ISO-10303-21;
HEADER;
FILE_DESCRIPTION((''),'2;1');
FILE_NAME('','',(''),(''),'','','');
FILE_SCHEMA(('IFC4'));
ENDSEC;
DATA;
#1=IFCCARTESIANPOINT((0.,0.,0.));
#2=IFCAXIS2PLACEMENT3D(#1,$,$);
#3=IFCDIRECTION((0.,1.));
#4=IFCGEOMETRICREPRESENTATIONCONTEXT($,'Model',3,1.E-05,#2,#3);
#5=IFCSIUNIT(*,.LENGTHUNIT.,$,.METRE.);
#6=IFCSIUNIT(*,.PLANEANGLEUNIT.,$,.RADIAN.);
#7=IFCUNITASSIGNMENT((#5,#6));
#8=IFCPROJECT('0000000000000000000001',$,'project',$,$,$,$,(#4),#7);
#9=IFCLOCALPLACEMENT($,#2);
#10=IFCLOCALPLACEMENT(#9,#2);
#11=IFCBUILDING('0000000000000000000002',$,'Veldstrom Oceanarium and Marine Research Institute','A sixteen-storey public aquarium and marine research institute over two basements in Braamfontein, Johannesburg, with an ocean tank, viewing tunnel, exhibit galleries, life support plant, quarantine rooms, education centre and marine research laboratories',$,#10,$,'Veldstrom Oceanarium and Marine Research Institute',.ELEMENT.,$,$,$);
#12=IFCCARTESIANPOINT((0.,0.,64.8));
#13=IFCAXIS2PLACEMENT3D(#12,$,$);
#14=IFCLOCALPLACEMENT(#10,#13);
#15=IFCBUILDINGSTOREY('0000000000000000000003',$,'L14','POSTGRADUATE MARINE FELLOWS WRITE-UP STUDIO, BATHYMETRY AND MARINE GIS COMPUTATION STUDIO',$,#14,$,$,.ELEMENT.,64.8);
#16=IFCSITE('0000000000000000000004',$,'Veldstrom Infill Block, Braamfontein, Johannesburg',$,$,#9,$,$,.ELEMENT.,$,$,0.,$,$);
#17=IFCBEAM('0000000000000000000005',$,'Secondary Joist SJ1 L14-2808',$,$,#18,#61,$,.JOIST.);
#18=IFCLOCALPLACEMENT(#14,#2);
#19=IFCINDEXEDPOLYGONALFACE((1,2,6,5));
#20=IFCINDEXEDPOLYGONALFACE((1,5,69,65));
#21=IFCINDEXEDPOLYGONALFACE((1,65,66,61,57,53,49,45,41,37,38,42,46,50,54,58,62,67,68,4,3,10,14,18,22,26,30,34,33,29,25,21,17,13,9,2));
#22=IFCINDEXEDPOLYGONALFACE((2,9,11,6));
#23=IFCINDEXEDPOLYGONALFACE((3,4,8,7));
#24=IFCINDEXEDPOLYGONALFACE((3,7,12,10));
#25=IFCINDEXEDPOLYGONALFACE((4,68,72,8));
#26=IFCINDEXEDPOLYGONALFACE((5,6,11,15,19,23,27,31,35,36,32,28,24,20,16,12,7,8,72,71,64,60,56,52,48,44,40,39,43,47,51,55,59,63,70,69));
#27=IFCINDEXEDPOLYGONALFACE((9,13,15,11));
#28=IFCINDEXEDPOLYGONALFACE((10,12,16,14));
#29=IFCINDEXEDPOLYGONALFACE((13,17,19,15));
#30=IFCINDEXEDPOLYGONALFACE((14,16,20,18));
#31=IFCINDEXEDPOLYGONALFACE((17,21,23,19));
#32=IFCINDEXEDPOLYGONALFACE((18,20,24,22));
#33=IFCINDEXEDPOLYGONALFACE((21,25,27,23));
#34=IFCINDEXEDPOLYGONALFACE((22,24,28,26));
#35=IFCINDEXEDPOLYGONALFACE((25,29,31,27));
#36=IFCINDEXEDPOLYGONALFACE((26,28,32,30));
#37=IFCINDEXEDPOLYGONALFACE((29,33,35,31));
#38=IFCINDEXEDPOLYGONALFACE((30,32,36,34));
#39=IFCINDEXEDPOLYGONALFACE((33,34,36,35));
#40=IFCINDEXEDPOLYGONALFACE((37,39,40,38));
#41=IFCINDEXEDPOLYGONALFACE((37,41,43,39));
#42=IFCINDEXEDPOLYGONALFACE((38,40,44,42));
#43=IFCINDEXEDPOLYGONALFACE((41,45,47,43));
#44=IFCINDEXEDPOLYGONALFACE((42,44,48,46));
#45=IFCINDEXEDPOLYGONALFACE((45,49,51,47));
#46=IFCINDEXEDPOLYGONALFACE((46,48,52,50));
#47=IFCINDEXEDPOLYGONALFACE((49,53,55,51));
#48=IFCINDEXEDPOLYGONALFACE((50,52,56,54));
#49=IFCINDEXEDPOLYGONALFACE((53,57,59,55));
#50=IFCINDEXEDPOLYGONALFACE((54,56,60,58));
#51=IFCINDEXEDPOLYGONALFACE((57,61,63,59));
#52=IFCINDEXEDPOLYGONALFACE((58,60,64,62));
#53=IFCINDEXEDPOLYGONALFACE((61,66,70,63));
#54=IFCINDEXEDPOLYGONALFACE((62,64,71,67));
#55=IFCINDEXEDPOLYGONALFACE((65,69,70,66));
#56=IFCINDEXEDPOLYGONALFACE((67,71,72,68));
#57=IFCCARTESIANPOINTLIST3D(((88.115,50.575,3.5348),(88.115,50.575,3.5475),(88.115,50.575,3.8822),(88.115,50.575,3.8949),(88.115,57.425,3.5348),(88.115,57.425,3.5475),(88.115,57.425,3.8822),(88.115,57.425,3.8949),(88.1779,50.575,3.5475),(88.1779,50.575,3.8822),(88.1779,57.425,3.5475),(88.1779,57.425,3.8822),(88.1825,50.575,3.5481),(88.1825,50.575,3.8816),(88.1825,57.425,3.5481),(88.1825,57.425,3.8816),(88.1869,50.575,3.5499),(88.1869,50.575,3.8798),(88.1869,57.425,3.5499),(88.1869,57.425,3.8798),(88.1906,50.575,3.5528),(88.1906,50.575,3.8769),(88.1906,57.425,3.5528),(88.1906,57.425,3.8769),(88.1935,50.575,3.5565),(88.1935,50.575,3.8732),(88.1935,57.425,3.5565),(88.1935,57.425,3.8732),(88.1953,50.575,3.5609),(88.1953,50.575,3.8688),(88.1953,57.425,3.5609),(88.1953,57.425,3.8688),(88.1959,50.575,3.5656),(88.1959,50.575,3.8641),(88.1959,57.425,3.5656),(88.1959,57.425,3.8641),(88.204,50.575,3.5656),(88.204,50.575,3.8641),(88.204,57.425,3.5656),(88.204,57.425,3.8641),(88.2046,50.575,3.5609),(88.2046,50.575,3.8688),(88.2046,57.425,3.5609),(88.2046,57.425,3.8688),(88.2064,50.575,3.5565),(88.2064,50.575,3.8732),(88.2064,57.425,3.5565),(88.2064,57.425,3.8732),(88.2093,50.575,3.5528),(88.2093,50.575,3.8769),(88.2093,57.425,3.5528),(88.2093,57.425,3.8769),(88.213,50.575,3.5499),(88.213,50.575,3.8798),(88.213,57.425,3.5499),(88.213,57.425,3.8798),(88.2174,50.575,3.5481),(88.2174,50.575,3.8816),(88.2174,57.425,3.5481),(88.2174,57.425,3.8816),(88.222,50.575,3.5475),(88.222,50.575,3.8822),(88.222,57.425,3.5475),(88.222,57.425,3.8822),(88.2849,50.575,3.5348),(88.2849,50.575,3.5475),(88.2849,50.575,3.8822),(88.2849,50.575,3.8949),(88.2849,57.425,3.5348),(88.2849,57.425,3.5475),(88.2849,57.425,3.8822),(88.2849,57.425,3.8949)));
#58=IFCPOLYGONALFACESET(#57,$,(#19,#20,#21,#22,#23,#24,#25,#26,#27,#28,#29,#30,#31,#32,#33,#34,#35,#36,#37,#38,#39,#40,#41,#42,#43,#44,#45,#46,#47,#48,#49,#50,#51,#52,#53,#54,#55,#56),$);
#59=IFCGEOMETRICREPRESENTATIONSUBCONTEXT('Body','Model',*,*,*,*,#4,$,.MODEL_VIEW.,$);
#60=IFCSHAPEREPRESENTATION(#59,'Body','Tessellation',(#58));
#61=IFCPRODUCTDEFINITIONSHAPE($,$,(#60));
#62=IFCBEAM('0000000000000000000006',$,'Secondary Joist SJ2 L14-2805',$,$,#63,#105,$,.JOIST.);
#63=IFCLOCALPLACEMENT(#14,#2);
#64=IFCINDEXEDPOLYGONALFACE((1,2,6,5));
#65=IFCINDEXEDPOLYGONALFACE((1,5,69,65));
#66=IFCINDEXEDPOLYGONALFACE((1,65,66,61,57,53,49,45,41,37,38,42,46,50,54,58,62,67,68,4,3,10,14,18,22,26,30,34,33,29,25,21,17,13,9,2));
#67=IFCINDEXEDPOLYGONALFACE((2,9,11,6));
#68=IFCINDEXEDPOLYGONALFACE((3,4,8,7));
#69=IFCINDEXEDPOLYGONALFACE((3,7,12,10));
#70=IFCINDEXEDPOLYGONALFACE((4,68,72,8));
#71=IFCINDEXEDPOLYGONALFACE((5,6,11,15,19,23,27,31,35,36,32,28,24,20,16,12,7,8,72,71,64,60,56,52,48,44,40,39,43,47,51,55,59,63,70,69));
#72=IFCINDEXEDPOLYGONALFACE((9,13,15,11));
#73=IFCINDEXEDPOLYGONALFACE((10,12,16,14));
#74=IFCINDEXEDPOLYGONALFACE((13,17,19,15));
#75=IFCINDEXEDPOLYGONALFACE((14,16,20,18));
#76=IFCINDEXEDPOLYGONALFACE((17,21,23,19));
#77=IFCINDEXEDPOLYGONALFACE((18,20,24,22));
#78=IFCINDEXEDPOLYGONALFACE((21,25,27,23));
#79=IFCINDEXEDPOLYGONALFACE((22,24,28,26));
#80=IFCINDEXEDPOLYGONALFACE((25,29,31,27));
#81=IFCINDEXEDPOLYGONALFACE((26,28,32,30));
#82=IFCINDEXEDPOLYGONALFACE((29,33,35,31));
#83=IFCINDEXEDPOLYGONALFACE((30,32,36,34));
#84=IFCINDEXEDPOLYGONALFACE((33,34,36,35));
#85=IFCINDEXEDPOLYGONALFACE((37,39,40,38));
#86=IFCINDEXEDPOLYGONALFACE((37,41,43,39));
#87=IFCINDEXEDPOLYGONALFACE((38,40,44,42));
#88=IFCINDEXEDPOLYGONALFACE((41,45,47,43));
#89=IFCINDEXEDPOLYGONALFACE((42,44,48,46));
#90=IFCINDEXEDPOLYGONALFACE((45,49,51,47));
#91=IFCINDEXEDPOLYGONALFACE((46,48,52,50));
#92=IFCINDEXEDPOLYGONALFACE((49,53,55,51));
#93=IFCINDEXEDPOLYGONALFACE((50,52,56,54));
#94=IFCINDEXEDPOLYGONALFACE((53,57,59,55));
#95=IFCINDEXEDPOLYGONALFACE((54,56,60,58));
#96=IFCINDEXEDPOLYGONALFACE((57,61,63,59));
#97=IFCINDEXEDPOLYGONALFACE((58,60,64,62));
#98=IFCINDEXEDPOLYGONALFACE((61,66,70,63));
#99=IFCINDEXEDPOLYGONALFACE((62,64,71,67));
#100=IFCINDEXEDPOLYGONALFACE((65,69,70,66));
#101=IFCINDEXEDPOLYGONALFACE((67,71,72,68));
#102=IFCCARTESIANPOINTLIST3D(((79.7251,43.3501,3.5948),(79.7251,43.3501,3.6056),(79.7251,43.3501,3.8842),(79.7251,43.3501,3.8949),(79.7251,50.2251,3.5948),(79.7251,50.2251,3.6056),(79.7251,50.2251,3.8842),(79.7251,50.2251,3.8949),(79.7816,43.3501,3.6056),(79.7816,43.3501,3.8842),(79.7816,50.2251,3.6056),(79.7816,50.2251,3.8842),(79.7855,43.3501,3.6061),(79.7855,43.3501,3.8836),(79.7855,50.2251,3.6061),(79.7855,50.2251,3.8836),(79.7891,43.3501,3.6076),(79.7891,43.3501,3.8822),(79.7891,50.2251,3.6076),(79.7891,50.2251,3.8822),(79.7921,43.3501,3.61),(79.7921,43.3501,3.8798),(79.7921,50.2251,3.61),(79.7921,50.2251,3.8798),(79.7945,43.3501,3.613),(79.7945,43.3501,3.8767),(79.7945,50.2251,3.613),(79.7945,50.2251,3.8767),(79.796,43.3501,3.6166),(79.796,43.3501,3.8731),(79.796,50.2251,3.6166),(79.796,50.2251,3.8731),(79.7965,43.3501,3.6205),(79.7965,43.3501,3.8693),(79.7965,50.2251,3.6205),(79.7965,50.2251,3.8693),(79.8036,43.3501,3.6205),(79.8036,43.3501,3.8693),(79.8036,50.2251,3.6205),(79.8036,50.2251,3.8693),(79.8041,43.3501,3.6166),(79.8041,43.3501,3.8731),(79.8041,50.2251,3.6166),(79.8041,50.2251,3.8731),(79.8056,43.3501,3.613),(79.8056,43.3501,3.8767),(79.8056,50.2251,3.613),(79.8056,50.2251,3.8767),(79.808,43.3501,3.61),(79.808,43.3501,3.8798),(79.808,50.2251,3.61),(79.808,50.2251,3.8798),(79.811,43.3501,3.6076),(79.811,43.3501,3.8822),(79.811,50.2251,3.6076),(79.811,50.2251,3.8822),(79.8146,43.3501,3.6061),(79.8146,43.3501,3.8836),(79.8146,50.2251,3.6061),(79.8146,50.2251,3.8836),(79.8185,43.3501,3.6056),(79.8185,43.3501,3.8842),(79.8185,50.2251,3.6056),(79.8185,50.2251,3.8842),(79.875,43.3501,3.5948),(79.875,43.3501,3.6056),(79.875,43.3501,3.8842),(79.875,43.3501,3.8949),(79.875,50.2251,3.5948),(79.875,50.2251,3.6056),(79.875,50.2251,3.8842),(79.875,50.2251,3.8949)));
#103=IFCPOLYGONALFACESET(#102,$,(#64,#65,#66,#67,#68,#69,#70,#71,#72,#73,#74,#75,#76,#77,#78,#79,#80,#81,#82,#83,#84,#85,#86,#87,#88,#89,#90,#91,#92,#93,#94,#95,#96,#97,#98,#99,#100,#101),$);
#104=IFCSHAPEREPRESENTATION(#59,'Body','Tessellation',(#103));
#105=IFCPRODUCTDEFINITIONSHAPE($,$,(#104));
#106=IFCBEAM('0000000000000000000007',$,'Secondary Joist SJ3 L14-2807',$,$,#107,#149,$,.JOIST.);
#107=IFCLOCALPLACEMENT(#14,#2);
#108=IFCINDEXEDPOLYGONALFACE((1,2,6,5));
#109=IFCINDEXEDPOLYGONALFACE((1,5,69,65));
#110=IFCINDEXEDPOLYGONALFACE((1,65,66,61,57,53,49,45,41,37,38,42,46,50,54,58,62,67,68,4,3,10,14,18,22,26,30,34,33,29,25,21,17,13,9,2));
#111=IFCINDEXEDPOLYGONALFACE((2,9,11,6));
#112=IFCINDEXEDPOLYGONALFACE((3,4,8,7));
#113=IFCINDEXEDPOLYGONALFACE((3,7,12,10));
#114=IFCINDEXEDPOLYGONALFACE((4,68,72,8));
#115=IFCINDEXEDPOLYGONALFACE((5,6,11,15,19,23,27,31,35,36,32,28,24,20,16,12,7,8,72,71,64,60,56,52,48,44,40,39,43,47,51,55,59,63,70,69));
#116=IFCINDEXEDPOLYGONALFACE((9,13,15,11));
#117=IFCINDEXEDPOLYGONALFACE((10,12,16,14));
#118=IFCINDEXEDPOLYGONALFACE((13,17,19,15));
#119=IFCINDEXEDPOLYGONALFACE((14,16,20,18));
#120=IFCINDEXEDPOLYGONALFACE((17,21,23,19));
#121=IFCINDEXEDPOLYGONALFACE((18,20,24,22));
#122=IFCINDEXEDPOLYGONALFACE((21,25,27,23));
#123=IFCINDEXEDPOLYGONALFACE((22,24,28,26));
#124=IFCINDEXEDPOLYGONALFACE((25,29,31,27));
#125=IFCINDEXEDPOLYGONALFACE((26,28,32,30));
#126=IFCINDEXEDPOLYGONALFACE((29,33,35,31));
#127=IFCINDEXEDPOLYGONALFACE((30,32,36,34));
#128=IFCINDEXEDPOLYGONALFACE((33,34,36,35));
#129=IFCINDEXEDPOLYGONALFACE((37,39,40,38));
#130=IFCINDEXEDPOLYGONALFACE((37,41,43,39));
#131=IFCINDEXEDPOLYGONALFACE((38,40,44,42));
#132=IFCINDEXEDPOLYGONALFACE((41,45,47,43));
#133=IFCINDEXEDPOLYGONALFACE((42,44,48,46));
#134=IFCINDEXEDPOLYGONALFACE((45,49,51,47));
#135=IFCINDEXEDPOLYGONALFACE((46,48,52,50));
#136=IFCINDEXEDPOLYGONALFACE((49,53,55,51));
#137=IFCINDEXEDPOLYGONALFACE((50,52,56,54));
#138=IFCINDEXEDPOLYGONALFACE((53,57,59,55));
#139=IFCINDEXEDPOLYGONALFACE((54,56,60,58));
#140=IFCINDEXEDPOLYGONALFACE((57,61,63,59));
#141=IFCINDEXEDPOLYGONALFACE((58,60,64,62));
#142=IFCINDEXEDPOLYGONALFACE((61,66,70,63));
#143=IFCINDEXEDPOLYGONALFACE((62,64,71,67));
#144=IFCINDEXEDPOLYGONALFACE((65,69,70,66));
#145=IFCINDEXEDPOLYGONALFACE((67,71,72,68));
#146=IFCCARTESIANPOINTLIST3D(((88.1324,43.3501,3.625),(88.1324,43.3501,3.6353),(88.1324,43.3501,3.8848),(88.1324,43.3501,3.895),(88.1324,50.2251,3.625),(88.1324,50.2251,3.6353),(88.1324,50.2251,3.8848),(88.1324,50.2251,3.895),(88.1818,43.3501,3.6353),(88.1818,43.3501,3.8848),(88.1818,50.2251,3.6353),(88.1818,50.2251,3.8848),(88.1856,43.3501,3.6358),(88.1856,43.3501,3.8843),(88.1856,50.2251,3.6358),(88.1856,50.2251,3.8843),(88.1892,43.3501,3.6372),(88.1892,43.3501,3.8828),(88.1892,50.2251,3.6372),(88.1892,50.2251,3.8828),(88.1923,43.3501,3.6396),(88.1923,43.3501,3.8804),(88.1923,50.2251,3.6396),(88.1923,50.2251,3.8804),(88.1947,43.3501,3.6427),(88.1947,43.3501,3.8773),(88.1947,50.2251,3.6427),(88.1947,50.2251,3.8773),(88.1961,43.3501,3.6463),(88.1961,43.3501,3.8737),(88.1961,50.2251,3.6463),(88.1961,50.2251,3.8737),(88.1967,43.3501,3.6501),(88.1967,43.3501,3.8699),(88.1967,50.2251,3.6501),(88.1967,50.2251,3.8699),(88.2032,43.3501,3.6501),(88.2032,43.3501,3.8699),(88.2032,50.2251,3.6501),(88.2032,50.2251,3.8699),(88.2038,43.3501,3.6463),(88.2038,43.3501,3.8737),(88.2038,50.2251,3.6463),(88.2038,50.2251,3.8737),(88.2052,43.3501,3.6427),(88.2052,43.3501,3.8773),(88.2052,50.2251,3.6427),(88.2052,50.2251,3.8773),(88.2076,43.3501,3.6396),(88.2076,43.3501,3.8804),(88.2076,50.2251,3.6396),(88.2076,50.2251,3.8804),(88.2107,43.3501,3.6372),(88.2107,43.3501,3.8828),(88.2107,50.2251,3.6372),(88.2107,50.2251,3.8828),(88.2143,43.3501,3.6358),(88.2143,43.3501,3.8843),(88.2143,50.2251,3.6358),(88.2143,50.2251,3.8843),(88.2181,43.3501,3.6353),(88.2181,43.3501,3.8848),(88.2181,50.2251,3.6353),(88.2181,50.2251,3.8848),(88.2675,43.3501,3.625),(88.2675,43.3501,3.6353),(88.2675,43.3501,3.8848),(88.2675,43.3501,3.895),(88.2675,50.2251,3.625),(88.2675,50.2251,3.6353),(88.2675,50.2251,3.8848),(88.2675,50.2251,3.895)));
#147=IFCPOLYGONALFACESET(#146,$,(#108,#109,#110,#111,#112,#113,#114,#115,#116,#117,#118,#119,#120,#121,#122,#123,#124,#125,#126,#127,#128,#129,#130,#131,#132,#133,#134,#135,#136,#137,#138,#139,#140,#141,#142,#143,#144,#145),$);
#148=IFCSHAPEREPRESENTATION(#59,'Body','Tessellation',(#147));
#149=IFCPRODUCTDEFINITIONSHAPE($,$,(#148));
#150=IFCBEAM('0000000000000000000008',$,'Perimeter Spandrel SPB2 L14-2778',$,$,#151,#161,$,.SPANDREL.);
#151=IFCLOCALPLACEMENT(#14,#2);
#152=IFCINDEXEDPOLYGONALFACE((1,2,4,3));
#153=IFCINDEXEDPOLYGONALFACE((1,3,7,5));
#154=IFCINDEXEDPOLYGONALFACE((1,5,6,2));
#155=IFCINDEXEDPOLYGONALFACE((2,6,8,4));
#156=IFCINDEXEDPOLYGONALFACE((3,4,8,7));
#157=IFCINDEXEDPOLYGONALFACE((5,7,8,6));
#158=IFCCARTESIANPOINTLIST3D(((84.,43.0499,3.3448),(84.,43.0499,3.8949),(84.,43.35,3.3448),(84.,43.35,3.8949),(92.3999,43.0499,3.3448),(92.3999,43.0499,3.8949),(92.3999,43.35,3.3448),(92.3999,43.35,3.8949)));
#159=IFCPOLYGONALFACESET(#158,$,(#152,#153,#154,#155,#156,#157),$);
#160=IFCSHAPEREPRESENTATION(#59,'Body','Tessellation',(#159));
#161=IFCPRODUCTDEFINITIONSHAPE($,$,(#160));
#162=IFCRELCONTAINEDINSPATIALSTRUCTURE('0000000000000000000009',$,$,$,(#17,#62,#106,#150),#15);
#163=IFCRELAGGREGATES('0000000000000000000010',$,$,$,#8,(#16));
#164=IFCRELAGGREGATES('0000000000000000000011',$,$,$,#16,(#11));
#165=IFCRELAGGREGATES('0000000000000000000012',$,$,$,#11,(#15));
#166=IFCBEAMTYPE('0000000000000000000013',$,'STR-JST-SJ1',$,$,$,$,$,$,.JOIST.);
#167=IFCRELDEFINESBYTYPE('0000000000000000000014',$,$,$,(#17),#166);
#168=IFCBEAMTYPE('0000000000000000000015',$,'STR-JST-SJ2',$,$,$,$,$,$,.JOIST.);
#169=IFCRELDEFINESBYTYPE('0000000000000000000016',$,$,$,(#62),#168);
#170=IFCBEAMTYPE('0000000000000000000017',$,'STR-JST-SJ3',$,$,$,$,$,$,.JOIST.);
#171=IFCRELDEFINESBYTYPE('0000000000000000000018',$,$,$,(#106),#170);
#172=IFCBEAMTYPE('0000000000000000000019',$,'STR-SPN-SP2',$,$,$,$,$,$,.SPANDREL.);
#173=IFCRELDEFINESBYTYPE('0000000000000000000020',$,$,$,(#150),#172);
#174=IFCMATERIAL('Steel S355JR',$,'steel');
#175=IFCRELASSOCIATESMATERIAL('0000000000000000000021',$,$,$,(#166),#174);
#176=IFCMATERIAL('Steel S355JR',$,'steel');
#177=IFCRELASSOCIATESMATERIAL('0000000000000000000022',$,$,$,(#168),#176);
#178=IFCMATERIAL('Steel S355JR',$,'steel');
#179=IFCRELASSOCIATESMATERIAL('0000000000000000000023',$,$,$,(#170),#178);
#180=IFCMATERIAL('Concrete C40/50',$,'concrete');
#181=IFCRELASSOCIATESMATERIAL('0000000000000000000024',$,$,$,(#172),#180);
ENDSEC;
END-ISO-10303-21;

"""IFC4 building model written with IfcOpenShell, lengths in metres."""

from ifc_helpers import new_model, si_unit, direction, frame, origin, origin_2d, place, context, subcontext, project, spatial, rectangle, i_section, extrude, material, material_profile, profile_set, type_object, element, save


model = new_model("IFC4")

# Units and contexts
model_context = context("Model", 3, precision=1e-05, world=origin(), true_north=direction((0.0, 1.0)))
body_context = subcontext(model_context, "Body", "Model", "MODEL_VIEW")
ifc_project = project(units=[si_unit("LENGTHUNIT", "METRE"), si_unit("PLANEANGLEUNIT", "RADIAN")], contexts=[model_context])

# Site, building, storey
site_placement = place(None, origin())
site = spatial("IfcSite", under=ifc_project, at=site_placement, Name="Veldstrom Infill Block, Braamfontein, Johannesburg", CompositionType="ELEMENT", RefElevation=0.0)
building_placement = place(site_placement, origin())
building = spatial("IfcBuilding", under=site, at=building_placement, Name="Veldstrom Oceanarium and Marine Research Institute", Description="A sixteen-storey public aquarium and marine research institute over two basements in Braamfontein, Johannesburg, with an ocean tank, viewing tunnel, exhibit galleries, life support plant, quarantine rooms, education centre and marine research laboratories", LongName="Veldstrom Oceanarium and Marine Research Institute", CompositionType="ELEMENT")
storey_placement = place(building_placement, frame((0.0, 0.0, 64.8)))
storey = spatial("IfcBuildingStorey", under=building, at=storey_placement, Name="L14", Description="POSTGRADUATE MARINE FELLOWS WRITE-UP STUDIO, BATHYMETRY AND MARINE GIS COMPUTATION STUDIO", CompositionType="ELEMENT", Elevation=64.8)

# Beams
ifc_material_1 = material(Name="Steel S355JR", Category="steel")
ifc_material_profile_1 = material_profile(ifc_material_1, i_section(OverallWidth=0.1699, OverallDepth=0.3601, WebThickness=0.0081, FlangeThickness=0.0127, FilletRadius=0.0181, at=origin_2d()), Name="IPE 360")
ifc_profile_set_1 = profile_set([ifc_material_profile_1], Name="Steel S355JR")
beam_type_1 = type_object("IfcBeamType", Name="STR-JST-SJ1", PredefinedType="JOIST", material=ifc_profile_set_1)
beam_1_placement = place(storey_placement, frame((88.2, 50.575, 3.7148), z_axis=(0.0, 1.0, 0.0), x_axis=(-1.0, 0.0, 0.0)))
element("IfcBeam", 1, at=beam_1_placement, inside=storey, type_object=beam_type_1, Name="Secondary Joist SJ1 L14-2808", PredefinedType="JOIST", context=body_context, shape_type="SweptSolid", body=[
    extrude(i_section(OverallWidth=0.1699, OverallDepth=0.3601, WebThickness=0.0081, FlangeThickness=0.0127, FilletRadius=0.0181, at=origin_2d()), origin(), (0.0, 0.0, 1.0), 6.8501),
])
ifc_material_2 = material(Name="Steel S355JR", Category="steel")
ifc_material_profile_2 = material_profile(ifc_material_2, i_section(OverallWidth=0.1499, OverallDepth=0.3, WebThickness=0.0071, FlangeThickness=0.0107, FilletRadius=0.0149, at=origin_2d()), Name="IPE 300")
ifc_profile_set_2 = profile_set([ifc_material_profile_2], Name="Steel S355JR")
beam_type_2 = type_object("IfcBeamType", Name="STR-JST-SJ2", PredefinedType="JOIST", material=ifc_profile_set_2)
beam_2_placement = place(storey_placement, frame((79.8, 43.3501, 3.7449), z_axis=(0.0, 1.0, 0.0), x_axis=(-1.0, 0.0, 0.0)))
element("IfcBeam", 2, at=beam_2_placement, inside=storey, type_object=beam_type_2, Name="Secondary Joist SJ2 L14-2805", PredefinedType="JOIST", context=body_context, shape_type="SweptSolid", body=[
    extrude(i_section(OverallWidth=0.1499, OverallDepth=0.3, WebThickness=0.0071, FlangeThickness=0.0107, FilletRadius=0.0149, at=origin_2d()), origin(), (0.0, 0.0, 1.0), 6.875),
])
ifc_material_3 = material(Name="Steel S355JR", Category="steel")
ifc_material_profile_3 = material_profile(ifc_material_3, i_section(OverallWidth=0.135, OverallDepth=0.27, WebThickness=0.0066, FlangeThickness=0.0103, FilletRadius=0.0149, at=origin_2d()), Name="IPE 270")
ifc_profile_set_3 = profile_set([ifc_material_profile_3], Name="Steel S355JR")
beam_type_3 = type_object("IfcBeamType", Name="STR-JST-SJ3", PredefinedType="JOIST", material=ifc_profile_set_3)
beam_3_placement = place(storey_placement, frame((88.2, 43.3501, 3.76), z_axis=(0.0, 1.0, 0.0), x_axis=(-1.0, 0.0, 0.0)))
element("IfcBeam", 3, at=beam_3_placement, inside=storey, type_object=beam_type_3, Name="Secondary Joist SJ3 L14-2807", PredefinedType="JOIST", context=body_context, shape_type="SweptSolid", body=[
    extrude(i_section(OverallWidth=0.135, OverallDepth=0.27, WebThickness=0.0066, FlangeThickness=0.0103, FilletRadius=0.0149, at=origin_2d()), origin(), (0.0, 0.0, 1.0), 6.875),
])
ifc_material_4 = material(Name="Concrete C40/50", Category="concrete")
ifc_material_profile_4 = material_profile(ifc_material_4, rectangle(XDim=0.3, YDim=0.55, at=origin_2d()), Name="RC-SPN-300x550")
ifc_profile_set_4 = profile_set([ifc_material_profile_4], Name="Concrete C40/50")
beam_type_4 = type_object("IfcBeamType", Name="STR-SPN-SP2", PredefinedType="SPANDREL", material=ifc_profile_set_4)
beam_4_placement = place(storey_placement, frame((84.0, 43.2, 3.6199), z_axis=(1.0, 0.0, 0.0), x_axis=(0.0, 1.0, 0.0)))
element("IfcBeam", 4, at=beam_4_placement, inside=storey, type_object=beam_type_4, Name="Perimeter Spandrel SPB2 L14-2778", PredefinedType="SPANDREL", context=body_context, shape_type="SweptSolid", body=[
    extrude(rectangle(XDim=0.3, YDim=0.55, at=origin_2d()), origin(), (0.0, 0.0, 1.0), 8.3999),
])

save(model, "model.ifc")
